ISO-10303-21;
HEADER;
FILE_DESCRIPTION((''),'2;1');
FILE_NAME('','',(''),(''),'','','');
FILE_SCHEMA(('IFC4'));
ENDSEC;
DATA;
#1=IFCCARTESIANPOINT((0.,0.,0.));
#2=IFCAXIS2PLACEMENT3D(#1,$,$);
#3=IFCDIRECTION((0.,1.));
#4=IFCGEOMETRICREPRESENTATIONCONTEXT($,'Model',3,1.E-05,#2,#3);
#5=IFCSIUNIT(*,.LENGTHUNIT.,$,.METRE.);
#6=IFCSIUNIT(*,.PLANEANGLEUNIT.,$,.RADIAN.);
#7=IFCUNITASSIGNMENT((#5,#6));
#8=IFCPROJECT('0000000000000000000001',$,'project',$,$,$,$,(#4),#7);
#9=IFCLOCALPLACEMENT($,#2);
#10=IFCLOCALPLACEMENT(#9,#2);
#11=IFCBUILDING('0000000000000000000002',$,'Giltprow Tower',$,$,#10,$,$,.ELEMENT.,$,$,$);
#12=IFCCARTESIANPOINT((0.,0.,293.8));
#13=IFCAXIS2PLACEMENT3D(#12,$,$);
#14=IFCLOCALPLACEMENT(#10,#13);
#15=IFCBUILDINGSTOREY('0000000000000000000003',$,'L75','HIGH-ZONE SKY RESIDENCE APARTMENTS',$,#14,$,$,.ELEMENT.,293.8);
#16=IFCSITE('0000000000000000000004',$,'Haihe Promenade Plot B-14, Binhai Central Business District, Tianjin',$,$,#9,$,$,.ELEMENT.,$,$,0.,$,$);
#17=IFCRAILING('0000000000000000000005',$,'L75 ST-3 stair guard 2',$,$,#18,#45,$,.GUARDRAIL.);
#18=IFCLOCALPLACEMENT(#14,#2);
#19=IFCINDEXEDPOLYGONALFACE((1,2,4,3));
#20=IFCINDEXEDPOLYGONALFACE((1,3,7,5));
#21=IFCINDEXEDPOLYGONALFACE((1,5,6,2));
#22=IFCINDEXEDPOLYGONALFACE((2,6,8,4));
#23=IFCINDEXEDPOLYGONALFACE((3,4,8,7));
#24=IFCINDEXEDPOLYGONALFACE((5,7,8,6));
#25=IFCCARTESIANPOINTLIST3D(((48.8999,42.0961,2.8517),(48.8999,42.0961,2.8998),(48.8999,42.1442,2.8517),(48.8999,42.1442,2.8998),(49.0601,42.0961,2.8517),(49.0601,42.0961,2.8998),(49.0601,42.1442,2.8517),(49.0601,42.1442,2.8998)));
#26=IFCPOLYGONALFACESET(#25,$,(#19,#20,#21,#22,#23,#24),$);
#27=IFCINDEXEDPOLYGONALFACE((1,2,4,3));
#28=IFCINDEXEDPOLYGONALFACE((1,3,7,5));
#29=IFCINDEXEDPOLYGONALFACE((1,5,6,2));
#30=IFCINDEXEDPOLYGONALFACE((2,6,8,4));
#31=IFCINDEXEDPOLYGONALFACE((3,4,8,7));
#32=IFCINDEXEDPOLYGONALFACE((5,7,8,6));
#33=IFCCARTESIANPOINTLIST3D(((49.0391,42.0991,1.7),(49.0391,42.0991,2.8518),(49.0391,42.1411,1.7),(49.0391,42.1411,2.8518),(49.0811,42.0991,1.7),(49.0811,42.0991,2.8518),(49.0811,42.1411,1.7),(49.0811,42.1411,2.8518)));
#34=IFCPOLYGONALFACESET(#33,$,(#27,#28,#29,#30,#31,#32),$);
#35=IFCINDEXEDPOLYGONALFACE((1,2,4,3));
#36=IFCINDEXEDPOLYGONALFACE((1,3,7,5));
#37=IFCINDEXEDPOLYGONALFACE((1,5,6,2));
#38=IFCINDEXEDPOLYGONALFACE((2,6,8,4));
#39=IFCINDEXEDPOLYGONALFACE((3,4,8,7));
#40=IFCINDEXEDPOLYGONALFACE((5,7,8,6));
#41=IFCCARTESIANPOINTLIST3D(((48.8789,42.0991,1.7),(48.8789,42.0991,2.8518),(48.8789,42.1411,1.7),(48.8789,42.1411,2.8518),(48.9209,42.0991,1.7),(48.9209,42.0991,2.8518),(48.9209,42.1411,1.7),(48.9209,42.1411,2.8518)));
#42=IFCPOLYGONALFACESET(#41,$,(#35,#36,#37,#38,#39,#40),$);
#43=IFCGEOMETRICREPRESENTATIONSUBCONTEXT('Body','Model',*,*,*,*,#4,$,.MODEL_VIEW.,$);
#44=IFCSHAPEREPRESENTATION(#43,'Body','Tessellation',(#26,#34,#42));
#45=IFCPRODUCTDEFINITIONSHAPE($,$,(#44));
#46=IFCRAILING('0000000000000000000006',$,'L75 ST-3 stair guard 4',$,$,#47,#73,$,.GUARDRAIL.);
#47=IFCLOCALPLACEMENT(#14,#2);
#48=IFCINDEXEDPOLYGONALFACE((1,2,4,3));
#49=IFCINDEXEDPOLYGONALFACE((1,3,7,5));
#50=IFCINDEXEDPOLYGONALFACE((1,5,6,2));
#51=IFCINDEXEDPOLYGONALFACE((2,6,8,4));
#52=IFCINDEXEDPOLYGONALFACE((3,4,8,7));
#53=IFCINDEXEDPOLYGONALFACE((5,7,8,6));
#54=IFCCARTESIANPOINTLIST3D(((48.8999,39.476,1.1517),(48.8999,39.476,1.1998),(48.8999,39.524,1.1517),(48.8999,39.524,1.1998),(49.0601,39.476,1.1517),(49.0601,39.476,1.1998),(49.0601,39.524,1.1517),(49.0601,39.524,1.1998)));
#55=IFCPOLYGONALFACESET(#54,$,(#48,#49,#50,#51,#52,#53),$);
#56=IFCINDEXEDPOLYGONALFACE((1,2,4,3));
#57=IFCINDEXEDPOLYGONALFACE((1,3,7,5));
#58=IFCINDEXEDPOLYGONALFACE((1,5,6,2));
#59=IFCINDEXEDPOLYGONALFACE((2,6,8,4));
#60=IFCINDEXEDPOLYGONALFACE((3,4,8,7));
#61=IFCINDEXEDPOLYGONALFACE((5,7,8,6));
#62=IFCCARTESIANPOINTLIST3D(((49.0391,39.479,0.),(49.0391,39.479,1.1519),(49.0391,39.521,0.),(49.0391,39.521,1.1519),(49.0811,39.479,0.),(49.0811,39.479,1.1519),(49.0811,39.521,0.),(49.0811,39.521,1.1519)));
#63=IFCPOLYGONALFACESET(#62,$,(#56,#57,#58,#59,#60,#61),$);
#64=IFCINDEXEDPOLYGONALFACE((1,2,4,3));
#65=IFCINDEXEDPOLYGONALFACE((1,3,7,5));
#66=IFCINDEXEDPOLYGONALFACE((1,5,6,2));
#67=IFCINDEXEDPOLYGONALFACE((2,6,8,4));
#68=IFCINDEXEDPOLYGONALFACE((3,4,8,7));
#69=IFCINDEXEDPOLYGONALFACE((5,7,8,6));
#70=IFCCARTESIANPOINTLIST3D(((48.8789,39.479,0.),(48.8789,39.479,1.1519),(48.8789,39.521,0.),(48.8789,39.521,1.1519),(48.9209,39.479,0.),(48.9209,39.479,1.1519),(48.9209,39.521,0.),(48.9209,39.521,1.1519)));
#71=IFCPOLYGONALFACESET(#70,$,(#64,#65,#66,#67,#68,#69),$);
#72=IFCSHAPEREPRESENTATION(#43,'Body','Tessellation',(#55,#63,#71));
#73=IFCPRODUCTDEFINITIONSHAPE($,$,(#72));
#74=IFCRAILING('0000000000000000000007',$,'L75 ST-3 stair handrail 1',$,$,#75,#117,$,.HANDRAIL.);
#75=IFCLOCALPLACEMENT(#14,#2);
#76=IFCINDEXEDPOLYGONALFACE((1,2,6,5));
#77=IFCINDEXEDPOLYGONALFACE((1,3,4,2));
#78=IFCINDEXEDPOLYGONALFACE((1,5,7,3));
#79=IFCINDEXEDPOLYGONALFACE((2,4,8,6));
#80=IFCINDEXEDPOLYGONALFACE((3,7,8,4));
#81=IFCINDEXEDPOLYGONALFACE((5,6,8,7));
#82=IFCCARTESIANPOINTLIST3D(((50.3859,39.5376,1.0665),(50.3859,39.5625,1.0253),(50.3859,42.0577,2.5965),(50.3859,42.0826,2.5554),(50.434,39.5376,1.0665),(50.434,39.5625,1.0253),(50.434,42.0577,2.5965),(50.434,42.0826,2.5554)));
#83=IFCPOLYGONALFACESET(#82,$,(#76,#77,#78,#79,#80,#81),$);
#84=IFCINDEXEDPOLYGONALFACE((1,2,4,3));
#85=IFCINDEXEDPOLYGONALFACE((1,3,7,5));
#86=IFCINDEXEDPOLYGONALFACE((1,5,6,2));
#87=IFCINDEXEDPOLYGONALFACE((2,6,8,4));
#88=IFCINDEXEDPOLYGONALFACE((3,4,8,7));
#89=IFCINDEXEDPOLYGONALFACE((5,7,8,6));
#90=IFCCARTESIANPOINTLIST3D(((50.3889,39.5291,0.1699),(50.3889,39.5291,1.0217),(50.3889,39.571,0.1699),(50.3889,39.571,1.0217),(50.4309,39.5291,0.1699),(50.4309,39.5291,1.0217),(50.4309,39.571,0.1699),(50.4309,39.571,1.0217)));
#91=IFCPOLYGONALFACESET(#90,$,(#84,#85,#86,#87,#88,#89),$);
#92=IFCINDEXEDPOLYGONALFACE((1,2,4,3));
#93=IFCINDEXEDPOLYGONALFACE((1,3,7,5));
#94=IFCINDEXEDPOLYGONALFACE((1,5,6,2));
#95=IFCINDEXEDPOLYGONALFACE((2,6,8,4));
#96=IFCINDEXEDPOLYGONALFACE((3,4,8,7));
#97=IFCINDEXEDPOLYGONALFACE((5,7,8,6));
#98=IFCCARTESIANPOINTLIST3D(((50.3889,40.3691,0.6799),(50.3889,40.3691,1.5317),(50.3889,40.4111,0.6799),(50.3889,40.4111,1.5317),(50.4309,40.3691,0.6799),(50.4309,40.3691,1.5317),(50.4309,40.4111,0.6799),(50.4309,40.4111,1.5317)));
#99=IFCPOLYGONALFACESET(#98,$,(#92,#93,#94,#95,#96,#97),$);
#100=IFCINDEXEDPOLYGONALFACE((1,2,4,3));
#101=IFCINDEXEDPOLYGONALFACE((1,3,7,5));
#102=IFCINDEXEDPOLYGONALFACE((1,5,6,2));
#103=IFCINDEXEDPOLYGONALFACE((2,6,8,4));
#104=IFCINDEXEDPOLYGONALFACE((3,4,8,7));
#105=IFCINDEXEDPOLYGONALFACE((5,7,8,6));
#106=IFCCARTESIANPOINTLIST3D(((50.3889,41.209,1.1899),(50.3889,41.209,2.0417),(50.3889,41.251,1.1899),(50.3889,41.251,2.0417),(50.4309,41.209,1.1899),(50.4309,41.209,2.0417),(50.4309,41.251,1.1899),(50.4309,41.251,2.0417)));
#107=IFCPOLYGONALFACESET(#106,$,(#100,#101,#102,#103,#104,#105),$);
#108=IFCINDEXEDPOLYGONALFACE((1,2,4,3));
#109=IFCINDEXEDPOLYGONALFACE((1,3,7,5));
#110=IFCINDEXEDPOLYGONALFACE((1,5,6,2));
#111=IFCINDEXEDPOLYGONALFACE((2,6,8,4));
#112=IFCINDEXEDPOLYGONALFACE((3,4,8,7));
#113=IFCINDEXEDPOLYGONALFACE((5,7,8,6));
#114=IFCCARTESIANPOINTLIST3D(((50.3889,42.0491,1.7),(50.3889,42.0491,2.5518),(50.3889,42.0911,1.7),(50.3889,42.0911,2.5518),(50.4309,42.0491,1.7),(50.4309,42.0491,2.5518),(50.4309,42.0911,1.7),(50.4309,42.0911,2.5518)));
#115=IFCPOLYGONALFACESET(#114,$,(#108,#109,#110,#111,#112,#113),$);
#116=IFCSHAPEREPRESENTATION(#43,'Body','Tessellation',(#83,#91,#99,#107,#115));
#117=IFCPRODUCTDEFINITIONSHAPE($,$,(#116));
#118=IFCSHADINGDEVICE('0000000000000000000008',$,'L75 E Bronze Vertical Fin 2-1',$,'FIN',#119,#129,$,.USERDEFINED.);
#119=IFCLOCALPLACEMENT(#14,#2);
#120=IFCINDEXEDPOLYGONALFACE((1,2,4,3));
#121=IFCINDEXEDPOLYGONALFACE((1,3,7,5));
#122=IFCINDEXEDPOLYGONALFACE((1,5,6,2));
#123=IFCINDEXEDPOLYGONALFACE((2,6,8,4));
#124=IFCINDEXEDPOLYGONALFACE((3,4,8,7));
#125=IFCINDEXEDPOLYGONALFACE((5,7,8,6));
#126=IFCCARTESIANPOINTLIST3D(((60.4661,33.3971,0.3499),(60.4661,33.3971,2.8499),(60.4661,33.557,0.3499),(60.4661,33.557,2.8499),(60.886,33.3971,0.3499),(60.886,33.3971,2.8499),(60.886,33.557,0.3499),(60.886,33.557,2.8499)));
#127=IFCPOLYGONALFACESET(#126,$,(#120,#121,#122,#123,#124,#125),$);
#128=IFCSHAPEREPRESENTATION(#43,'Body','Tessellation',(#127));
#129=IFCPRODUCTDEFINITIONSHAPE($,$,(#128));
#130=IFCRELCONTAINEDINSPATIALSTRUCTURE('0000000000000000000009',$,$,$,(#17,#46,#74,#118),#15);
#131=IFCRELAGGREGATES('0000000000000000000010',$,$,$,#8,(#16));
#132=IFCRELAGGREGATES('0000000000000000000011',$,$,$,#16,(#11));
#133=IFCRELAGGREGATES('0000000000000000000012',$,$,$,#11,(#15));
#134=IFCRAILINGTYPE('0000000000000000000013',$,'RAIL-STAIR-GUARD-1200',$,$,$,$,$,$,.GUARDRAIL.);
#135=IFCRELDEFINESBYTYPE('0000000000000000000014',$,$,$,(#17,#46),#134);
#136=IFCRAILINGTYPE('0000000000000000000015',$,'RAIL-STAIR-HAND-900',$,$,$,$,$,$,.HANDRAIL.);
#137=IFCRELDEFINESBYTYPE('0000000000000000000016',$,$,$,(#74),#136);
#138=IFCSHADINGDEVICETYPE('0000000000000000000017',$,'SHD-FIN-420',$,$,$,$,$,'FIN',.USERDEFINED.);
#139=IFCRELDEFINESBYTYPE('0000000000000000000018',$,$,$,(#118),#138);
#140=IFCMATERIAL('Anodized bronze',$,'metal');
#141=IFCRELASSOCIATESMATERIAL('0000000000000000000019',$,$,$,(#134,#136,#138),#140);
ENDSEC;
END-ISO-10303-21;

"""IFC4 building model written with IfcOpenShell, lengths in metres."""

from ifc_helpers import new_model, si_unit, direction, frame, origin, origin_2d, place, context, subcontext, project, spatial, rectangle, extrude, source, transform, mapped, material, type_object, element, save


model = new_model("IFC4")

# Units and contexts
model_context = context("Model", 3, precision=1e-05, world=origin(), true_north=direction((0.0, 1.0)))
body_context = subcontext(model_context, "Body", "Model", "MODEL_VIEW")
ifc_project = project(units=[si_unit("LENGTHUNIT", "METRE"), si_unit("PLANEANGLEUNIT", "RADIAN")], contexts=[model_context])

# Site, building, storey
site_placement = place(None, origin())
site = spatial("IfcSite", under=ifc_project, at=site_placement, Name="Haihe Promenade Plot B-14, Binhai Central Business District, Tianjin", CompositionType="ELEMENT", RefElevation=0.0)
building_placement = place(site_placement, origin())
building = spatial("IfcBuilding", under=site, at=building_placement, Name="Giltprow Tower", CompositionType="ELEMENT")
storey_placement = place(building_placement, frame((0.0, 0.0, 293.8)))
storey = spatial("IfcBuildingStorey", under=building, at=storey_placement, Name="L75", Description="HIGH-ZONE SKY RESIDENCE APARTMENTS", CompositionType="ELEMENT", Elevation=293.8)

# Railings
ifc_material_1 = material(Name="Anodized bronze", Category="metal")
railing_type_1 = type_object("IfcRailingType", Name="RAIL-STAIR-GUARD-1200", PredefinedType="GUARDRAIL", material=ifc_material_1)
for number, where, name in (
    (1, (49.0601, 42.1201, 1.7), "L75 ST-3 stair guard 2"),
    (2, (49.0601, 39.5, 0.0), "L75 ST-3 stair guard 4"),
):
    element("IfcRailing", number, at=place(storey_placement, frame(where)), inside=storey, type_object=railing_type_1, Name=name, PredefinedType="GUARDRAIL", context=body_context, shape_type="SweptSolid", body=[
        extrude(rectangle(XDim=0.0481, YDim=0.0481, at=origin_2d()), frame((0.0, 0.0, 1.1758), z_axis=(-1.0, 0.0, 0.0), x_axis=(0.0, -1.0, 0.0)), (0.0, 0.0, 1.0), 0.1602),
        extrude(rectangle(XDim=0.042, YDim=0.042, at=origin_2d()), origin(), (0.0, 0.0, 1.0), 1.1519),
        extrude(rectangle(XDim=0.042, YDim=0.042, at=origin_2d()), frame((-0.1602, 0.0, 0.0)), (0.0, 0.0, 1.0), 1.1519),
    ])
railing_type_2 = type_object("IfcRailingType", Name="RAIL-STAIR-HAND-900", PredefinedType="HANDRAIL", material=ifc_material_1)
railing_1_placement = place(storey_placement, frame((50.4099, 39.55, 0.1699)))
element("IfcRailing", 3, at=railing_1_placement, inside=storey, type_object=railing_type_2, Name="L75 ST-3 stair handrail 1", PredefinedType="HANDRAIL", context=body_context, shape_type="SweptSolid", body=[
    extrude(rectangle(XDim=0.0481, YDim=0.0481, at=origin_2d()), frame((0.0, 0.0, 0.876), z_axis=(0.0, 0.854785, 0.518982), x_axis=(-1.0, 0.0, 0.0)), (0.0, 0.0, 1.0), 2.9482),
    extrude(rectangle(XDim=0.042, YDim=0.042, at=origin_2d()), origin(), (0.0, 0.0, 1.0), 0.8518),
    extrude(rectangle(XDim=0.042, YDim=0.042, at=origin_2d()), frame((0.0, 0.8401, 0.51)), (0.0, 0.0, 1.0), 0.8518),
    extrude(rectangle(XDim=0.042, YDim=0.042, at=origin_2d()), frame((0.0, 1.6799, 1.02)), (0.0, 0.0, 1.0), 0.8518),
    extrude(rectangle(XDim=0.042, YDim=0.042, at=origin_2d()), frame((0.0, 2.52, 1.53)), (0.0, 0.0, 1.0), 0.8518),
])

# Shading device
shading_device_type = type_object("IfcShadingDeviceType", Name="SHD-FIN-420", ElementType="FIN", PredefinedType="USERDEFINED", material=ifc_material_1)
shared_shape_1 = source(origin(), body_context, "Body", "SweptSolid", [
    extrude(rectangle(XDim=0.4199, YDim=0.1599, at=origin_2d()), origin(), (0.0, 0.0, 1.0), 2.5),
])
shading_device_placement = place(storey_placement, frame((60.676, 33.4771, 0.3499), z_axis=(0.0, 0.0, 1.0), x_axis=(1.0, 0.0, 0.0)))
element("IfcShadingDevice", 4, at=shading_device_placement, inside=storey, type_object=shading_device_type, Name="L75 E Bronze Vertical Fin 2-1", ObjectType="FIN", PredefinedType="USERDEFINED", context=body_context, shape_type="MappedRepresentation", body=[
    mapped(shared_shape_1, transform((0.0, 0.0, 0.0), x_axis=(1.0, 0.0, 0.0), y_axis=(0.0, 1.0, 0.0), z_axis=(0.0, 0.0, 1.0), scale=1.0)),
])

save(model, "model.ifc")
